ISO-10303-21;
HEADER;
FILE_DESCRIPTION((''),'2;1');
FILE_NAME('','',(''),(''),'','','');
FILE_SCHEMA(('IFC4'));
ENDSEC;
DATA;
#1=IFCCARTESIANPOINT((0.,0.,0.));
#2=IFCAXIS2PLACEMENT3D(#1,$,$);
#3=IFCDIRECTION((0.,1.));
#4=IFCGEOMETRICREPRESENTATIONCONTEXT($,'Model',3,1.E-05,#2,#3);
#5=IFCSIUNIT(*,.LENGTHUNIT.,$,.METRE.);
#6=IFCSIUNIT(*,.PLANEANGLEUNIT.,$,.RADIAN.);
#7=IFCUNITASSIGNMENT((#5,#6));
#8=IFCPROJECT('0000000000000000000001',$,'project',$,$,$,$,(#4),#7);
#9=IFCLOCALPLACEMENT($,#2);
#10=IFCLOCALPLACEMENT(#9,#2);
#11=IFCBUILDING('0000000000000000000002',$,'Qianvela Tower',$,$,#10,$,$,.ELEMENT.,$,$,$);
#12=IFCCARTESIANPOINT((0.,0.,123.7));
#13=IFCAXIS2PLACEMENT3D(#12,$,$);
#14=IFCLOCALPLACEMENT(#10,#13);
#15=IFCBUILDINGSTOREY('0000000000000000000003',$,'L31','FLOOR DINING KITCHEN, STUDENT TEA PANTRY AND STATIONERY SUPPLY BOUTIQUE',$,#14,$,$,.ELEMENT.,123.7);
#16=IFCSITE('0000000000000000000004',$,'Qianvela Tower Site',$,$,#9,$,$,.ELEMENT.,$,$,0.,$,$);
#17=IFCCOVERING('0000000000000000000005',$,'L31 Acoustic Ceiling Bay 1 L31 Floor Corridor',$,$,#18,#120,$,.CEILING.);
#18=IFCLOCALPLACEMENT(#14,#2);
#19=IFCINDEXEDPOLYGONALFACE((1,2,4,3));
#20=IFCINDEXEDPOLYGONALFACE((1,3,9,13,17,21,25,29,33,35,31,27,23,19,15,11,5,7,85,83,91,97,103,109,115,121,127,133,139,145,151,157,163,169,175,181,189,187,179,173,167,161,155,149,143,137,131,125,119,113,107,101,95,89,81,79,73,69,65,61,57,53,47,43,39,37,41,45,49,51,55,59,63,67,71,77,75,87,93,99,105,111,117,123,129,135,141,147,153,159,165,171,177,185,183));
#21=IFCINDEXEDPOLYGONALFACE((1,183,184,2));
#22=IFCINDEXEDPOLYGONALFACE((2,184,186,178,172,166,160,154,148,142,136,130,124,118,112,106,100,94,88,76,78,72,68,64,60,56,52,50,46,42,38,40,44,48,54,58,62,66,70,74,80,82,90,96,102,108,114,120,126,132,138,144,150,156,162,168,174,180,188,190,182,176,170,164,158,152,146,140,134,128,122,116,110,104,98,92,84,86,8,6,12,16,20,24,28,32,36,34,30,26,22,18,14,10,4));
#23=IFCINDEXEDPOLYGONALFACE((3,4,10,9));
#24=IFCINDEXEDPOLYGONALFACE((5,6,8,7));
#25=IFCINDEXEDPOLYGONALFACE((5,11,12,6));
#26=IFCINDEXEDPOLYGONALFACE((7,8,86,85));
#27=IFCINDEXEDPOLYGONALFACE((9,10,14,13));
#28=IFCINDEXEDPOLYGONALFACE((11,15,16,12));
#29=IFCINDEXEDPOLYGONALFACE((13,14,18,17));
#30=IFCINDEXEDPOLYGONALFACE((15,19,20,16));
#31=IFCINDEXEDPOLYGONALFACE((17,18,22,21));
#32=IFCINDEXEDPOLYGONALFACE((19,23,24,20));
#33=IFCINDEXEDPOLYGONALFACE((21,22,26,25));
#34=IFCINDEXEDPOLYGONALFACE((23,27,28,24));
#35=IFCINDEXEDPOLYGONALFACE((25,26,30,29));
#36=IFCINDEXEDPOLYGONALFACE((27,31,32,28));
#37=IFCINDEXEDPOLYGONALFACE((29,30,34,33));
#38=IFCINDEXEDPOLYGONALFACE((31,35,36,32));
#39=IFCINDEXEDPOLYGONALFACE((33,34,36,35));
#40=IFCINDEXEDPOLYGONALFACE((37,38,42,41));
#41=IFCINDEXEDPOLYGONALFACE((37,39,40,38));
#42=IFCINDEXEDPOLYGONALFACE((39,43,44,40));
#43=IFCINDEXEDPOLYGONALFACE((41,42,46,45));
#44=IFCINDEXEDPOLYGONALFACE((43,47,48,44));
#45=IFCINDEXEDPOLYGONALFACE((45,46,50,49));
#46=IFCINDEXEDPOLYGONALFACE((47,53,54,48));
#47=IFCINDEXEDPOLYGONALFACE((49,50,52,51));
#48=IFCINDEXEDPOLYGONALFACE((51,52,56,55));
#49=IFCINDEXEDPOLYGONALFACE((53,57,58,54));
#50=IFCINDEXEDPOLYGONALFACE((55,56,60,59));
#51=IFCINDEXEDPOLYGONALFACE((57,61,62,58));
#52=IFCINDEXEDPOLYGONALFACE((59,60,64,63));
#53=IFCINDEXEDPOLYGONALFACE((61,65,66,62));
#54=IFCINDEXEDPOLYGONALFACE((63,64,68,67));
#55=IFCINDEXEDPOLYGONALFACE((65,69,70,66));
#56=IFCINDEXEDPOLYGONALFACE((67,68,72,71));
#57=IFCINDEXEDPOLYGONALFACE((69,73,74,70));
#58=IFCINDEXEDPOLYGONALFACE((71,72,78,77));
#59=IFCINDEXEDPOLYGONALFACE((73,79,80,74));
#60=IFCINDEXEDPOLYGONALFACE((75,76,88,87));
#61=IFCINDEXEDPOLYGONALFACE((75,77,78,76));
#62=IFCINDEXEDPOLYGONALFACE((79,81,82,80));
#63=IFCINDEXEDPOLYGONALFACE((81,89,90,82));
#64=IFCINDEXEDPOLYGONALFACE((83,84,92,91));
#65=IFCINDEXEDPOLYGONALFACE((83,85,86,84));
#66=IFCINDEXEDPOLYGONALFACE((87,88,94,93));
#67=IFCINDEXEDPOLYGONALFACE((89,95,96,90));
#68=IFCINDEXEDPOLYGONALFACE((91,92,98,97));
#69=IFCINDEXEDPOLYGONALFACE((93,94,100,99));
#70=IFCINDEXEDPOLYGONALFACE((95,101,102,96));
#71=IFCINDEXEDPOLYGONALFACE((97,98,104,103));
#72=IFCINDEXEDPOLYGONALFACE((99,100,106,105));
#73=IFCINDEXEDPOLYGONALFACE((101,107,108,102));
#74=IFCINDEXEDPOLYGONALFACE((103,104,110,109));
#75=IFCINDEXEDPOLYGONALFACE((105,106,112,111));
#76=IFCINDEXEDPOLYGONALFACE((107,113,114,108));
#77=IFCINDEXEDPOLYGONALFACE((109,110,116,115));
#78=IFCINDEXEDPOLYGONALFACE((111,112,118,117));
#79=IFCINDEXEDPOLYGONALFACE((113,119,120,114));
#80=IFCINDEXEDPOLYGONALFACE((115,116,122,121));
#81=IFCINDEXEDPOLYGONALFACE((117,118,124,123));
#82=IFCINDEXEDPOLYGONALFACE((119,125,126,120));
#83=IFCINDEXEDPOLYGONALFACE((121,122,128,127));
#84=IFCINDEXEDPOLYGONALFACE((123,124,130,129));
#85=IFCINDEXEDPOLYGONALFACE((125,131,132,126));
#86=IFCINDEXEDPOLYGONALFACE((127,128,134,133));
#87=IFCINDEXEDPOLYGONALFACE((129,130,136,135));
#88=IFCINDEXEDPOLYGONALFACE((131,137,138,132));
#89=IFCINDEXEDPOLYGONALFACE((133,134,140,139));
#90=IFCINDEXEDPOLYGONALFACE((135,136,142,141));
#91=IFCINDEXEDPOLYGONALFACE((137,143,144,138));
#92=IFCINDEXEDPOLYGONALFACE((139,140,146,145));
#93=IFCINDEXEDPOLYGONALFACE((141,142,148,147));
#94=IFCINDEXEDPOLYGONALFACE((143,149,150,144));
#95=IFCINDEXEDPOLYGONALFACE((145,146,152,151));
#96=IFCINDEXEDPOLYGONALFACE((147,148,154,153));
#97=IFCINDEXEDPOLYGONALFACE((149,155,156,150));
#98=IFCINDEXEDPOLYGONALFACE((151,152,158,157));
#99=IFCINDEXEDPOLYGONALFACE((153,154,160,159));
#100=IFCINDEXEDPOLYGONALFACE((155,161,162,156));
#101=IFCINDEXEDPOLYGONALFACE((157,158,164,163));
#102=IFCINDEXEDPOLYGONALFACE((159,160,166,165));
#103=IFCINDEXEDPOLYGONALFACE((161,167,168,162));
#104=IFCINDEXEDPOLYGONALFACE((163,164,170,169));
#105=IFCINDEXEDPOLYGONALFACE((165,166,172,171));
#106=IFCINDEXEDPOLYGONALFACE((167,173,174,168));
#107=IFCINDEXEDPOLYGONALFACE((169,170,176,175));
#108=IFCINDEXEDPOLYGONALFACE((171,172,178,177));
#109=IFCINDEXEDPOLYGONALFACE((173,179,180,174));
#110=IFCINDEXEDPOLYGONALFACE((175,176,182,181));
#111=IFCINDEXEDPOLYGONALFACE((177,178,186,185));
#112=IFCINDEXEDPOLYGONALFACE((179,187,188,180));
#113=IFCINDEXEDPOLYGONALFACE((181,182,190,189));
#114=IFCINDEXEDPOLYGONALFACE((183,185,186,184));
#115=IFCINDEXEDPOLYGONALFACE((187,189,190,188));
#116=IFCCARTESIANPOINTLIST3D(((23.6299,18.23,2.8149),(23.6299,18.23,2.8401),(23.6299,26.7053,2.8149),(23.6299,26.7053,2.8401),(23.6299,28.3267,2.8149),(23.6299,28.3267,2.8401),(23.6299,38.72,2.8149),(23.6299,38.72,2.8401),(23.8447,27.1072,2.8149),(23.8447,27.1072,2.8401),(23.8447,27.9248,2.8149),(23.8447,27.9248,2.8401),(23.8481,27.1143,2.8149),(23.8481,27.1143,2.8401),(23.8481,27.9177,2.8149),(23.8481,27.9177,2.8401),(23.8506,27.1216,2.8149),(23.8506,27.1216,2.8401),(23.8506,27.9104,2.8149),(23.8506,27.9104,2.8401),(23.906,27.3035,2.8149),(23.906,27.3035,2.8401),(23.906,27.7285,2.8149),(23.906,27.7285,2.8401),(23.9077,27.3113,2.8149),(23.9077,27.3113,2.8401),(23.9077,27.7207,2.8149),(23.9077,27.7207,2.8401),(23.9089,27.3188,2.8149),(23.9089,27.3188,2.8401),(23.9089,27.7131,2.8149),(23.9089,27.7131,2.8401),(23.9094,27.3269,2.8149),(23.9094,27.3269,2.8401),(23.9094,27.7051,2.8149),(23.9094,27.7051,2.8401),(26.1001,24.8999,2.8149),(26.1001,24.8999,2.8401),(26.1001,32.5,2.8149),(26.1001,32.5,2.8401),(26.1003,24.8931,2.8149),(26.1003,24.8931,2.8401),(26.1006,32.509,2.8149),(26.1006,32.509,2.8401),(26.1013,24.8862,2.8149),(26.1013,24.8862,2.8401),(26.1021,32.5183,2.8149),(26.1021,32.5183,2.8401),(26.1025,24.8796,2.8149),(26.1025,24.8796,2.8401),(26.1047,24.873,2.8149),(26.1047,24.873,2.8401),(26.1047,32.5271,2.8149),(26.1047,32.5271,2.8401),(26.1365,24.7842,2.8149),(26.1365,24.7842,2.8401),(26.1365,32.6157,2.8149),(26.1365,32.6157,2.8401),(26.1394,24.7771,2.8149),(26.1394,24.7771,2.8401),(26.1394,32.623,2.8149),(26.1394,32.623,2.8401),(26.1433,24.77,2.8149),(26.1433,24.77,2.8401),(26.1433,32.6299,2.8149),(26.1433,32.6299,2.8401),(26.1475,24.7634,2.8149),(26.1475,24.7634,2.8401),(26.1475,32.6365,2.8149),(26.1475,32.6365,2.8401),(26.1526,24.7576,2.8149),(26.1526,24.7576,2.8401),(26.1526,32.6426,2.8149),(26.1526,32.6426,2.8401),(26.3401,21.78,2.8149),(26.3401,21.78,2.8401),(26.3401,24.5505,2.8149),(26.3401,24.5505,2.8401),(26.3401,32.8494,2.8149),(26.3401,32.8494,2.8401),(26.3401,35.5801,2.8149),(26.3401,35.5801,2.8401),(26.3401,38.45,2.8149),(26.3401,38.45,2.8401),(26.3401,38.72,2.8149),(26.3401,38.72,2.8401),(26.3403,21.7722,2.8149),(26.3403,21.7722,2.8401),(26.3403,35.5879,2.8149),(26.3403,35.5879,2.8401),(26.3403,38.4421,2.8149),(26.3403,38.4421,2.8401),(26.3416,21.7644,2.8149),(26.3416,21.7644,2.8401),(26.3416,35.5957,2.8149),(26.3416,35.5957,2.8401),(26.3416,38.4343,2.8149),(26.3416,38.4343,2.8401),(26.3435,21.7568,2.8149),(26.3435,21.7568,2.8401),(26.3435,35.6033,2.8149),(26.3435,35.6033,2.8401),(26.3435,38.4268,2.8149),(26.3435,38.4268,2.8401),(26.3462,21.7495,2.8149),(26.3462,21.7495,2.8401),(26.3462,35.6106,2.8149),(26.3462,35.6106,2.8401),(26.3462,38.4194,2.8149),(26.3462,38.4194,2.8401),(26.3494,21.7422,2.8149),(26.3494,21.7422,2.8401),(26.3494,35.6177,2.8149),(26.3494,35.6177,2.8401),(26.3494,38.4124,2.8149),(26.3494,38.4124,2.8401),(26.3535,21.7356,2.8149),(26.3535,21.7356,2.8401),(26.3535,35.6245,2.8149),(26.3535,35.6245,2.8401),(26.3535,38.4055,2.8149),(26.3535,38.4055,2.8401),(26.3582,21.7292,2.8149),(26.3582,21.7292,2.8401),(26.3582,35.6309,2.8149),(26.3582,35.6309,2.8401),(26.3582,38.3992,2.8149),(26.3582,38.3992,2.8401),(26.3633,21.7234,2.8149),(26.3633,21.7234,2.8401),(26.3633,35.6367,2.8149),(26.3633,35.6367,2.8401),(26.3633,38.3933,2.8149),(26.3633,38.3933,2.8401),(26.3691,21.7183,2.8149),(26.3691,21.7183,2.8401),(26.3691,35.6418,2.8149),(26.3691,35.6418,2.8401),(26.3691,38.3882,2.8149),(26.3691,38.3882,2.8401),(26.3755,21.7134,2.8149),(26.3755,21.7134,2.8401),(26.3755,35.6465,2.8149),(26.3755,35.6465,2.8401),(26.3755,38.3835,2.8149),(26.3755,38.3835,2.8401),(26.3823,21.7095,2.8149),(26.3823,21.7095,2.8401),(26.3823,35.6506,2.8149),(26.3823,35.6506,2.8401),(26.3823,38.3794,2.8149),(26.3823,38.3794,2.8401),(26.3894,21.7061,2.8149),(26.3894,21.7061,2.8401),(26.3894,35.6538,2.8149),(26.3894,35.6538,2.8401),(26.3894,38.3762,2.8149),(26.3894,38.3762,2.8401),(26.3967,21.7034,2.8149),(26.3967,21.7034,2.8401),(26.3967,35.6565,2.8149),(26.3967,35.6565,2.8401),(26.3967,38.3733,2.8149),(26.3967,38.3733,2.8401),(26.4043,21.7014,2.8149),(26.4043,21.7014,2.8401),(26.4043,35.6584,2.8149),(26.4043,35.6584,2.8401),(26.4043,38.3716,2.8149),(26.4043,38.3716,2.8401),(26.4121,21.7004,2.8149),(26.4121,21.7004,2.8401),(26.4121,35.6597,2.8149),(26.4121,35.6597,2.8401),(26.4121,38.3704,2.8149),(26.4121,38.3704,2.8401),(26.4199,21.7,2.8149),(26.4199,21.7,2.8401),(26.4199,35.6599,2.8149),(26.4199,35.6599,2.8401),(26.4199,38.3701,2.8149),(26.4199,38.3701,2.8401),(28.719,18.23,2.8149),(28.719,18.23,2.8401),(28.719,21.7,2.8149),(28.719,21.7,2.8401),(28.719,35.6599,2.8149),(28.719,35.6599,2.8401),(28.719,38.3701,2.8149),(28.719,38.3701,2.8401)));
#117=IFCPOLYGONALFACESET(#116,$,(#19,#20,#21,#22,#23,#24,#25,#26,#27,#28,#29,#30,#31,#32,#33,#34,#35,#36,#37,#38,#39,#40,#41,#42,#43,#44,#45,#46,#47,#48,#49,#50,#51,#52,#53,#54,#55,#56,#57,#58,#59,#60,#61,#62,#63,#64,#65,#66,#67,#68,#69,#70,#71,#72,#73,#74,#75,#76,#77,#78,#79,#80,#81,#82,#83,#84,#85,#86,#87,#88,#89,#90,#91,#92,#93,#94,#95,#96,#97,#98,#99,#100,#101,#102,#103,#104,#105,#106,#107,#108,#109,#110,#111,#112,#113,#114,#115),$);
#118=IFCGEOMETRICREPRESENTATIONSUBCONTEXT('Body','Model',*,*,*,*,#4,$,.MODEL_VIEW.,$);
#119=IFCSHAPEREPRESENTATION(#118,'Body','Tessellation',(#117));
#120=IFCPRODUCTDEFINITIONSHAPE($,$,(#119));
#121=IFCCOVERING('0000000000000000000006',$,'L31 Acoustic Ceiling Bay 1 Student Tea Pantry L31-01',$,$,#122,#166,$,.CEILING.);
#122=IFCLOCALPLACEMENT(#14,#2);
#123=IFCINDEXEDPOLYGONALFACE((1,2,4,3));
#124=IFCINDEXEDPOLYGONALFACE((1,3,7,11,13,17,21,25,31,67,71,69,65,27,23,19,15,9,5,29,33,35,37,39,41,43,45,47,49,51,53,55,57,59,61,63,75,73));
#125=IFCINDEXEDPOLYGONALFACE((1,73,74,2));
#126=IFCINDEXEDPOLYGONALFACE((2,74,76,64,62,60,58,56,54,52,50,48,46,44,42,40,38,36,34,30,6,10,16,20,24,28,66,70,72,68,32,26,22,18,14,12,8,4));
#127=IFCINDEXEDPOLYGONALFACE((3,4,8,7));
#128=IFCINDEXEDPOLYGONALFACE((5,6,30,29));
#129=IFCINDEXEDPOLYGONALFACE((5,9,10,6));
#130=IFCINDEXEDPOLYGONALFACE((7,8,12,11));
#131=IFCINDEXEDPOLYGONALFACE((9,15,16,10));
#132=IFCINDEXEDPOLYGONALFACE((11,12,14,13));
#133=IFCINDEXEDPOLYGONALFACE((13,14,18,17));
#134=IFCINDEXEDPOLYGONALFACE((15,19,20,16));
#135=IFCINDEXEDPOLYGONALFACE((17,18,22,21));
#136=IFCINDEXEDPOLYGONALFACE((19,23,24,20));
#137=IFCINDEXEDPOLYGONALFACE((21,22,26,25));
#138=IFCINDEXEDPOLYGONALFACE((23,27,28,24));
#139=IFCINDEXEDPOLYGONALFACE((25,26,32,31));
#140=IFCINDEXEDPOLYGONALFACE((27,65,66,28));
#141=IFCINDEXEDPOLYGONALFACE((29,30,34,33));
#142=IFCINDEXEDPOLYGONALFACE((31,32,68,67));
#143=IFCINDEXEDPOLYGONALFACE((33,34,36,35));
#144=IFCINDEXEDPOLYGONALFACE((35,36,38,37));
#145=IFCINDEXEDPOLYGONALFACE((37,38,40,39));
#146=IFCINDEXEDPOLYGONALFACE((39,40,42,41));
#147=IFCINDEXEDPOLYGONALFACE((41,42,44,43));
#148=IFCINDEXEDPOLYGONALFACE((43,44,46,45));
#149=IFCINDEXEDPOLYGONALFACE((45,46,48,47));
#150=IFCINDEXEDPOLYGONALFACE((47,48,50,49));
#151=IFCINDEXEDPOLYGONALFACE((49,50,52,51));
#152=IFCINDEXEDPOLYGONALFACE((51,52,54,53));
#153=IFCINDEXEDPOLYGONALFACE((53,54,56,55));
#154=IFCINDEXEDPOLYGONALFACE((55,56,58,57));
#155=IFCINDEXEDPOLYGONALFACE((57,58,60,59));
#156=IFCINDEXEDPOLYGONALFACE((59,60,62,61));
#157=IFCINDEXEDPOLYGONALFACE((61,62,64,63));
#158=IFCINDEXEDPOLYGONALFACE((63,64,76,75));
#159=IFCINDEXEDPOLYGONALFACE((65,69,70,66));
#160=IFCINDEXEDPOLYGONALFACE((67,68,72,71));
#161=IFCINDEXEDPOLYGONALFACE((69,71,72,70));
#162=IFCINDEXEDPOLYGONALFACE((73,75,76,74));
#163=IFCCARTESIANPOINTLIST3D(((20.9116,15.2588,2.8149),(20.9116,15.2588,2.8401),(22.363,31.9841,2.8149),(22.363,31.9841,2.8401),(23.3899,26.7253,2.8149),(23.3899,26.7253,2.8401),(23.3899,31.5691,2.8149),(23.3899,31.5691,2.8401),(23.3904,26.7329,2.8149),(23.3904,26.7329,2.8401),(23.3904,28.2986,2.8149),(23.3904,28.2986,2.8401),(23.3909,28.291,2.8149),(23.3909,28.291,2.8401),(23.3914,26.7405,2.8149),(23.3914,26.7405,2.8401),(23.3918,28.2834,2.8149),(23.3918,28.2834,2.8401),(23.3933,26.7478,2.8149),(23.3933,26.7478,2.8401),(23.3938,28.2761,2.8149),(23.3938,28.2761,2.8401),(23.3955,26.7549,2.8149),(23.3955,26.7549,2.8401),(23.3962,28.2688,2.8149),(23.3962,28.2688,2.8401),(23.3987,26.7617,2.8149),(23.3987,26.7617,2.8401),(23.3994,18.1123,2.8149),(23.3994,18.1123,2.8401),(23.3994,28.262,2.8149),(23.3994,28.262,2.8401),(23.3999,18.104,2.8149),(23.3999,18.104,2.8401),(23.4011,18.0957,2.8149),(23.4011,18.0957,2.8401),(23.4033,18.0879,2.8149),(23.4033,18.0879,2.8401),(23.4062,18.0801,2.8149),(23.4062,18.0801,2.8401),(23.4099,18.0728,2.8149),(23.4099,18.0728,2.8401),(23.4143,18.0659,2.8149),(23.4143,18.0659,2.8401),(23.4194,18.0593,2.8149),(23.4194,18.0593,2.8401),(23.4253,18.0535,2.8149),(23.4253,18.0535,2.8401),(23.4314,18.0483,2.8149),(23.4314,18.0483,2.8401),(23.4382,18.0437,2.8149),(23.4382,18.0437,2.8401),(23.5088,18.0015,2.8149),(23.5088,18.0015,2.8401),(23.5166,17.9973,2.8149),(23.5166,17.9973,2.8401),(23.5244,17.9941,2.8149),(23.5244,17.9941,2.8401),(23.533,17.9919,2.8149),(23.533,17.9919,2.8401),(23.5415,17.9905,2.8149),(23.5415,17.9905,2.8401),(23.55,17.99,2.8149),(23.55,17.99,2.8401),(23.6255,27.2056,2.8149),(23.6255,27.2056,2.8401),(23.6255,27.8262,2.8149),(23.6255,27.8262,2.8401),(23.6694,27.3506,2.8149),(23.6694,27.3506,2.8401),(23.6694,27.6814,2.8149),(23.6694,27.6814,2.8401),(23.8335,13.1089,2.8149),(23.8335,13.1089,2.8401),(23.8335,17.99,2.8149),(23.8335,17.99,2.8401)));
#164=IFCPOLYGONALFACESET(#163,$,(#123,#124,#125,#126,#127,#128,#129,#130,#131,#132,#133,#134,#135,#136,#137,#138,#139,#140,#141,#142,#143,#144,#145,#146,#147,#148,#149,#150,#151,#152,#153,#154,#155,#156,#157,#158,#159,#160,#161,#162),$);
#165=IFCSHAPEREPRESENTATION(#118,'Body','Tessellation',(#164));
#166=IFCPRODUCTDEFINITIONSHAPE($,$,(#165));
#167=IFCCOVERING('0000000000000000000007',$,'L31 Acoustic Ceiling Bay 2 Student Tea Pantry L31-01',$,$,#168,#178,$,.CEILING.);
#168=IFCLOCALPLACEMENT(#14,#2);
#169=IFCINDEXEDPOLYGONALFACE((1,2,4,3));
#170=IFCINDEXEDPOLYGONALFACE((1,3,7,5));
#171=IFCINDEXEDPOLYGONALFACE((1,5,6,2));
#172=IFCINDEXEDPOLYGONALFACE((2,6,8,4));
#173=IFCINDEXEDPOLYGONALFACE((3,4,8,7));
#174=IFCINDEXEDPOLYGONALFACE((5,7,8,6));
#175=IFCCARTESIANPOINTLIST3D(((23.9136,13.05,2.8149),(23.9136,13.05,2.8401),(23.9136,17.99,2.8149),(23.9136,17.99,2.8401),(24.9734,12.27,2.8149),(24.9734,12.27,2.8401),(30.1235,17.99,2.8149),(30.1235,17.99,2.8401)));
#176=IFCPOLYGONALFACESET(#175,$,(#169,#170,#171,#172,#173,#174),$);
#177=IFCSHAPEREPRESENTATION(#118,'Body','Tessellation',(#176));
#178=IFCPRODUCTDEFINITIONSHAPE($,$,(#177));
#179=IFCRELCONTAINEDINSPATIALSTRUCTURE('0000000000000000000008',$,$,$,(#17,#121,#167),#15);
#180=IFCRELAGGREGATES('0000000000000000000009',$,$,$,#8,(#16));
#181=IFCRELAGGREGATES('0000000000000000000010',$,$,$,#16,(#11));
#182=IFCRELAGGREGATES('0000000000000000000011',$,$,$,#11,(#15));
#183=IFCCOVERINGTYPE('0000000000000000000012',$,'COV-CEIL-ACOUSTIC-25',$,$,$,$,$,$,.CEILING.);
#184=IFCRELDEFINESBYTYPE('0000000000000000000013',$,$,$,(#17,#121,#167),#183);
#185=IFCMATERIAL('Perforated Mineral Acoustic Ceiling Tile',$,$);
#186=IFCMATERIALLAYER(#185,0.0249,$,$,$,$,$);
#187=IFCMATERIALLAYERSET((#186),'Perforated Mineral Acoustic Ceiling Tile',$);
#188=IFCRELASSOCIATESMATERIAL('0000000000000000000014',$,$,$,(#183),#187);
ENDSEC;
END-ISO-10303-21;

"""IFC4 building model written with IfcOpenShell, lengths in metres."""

from ifc_helpers import new_model, si_unit, direction, frame, origin, place, context, subcontext, project, spatial, polyline, outline, extrude, material, layer, layer_set, type_object, element, save


model = new_model("IFC4")

# Units and contexts
model_context = context("Model", 3, precision=1e-05, world=origin(), true_north=direction((0.0, 1.0)))
body_context = subcontext(model_context, "Body", "Model", "MODEL_VIEW")
ifc_project = project(units=[si_unit("LENGTHUNIT", "METRE"), si_unit("PLANEANGLEUNIT", "RADIAN")], contexts=[model_context])

# Site, building, storey
site_placement = place(None, origin())
site = spatial("IfcSite", under=ifc_project, at=site_placement, Name="Qianvela Tower Site", CompositionType="ELEMENT", RefElevation=0.0)
building_placement = place(site_placement, origin())
building = spatial("IfcBuilding", under=site, at=building_placement, Name="Qianvela Tower", CompositionType="ELEMENT")
storey_placement = place(building_placement, frame((0.0, 0.0, 123.7)))
storey = spatial("IfcBuildingStorey", under=building, at=storey_placement, Name="L31", Description="FLOOR DINING KITCHEN, STUDENT TEA PANTRY AND STATIONERY SUPPLY BOUTIQUE", CompositionType="ELEMENT", Elevation=123.7)

# Coverings
ifc_material_1 = material(Name="Perforated Mineral Acoustic Ceiling Tile")
ifc_layer_1 = layer(ifc_material_1, 0.0249)
ifc_layer_set_1 = layer_set([ifc_layer_1], Name="Perforated Mineral Acoustic Ceiling Tile")
covering_type_1 = type_object("IfcCoveringType", Name="COV-CEIL-ACOUSTIC-25", PredefinedType="CEILING", material=ifc_layer_set_1)
covering_1_placement = place(storey_placement, frame((0.0, 0.0, 2.8149)))
element("IfcCovering", 1, at=covering_1_placement, inside=storey, type_object=covering_type_1, Name="L31 Acoustic Ceiling Bay 1 L31 Floor Corridor", PredefinedType="CEILING", context=body_context, shape_type="SweptSolid", body=[
    extrude(outline(polyline([(23.8481, 27.9177), (23.8447, 27.9248), (23.6299, 28.3267), (23.6299, 38.72), (26.3401, 38.72), (26.3401, 38.45), (26.3403, 38.4421), (26.3416, 38.4343), (26.3435, 38.4268), (26.3462, 38.4194), (26.3494, 38.4124), (26.3535, 38.4055), (26.3582, 38.3992), (26.3633, 38.3933), (26.3691, 38.3882), (26.3755, 38.3835), (26.3823, 38.3794), (26.3894, 38.3762), (26.3967, 38.3733), (26.4043, 38.3716), (26.4121, 38.3704), (26.4199, 38.3701), (28.719, 38.3701), (28.719, 35.6599), (26.4199, 35.6599), (26.4121, 35.6597), (26.4043, 35.6584), (26.3967, 35.6565), (26.3894, 35.6538), (26.3823, 35.6506), (26.3755, 35.6465), (26.3691, 35.6418), (26.3633, 35.6367), (26.3582, 35.6309), (26.3535, 35.6245), (26.3494, 35.6177), (26.3462, 35.6106), (26.3435, 35.6033), (26.3416, 35.5957), (26.3403, 35.5879), (26.3401, 35.5801), (26.3401, 32.8494), (26.1526, 32.6426), (26.1475, 32.6365), (26.1433, 32.6299), (26.1394, 32.623), (26.1365, 32.6157), (26.1047, 32.5271), (26.1021, 32.5183), (26.1006, 32.509), (26.1001, 32.5), (26.1001, 24.8999), (26.1003, 24.8931), (26.1013, 24.8862), (26.1025, 24.8796), (26.1047, 24.873), (26.1365, 24.7842), (26.1394, 24.7771), (26.1433, 24.77), (26.1475, 24.7634), (26.1526, 24.7576), (26.3401, 24.5505), (26.3401, 21.78), (26.3403, 21.7722), (26.3416, 21.7644), (26.3435, 21.7568), (26.3462, 21.7495), (26.3494, 21.7422), (26.3535, 21.7356), (26.3582, 21.7292), (26.3633, 21.7234), (26.3691, 21.7183), (26.3755, 21.7134), (26.3823, 21.7095), (26.3894, 21.7061), (26.3967, 21.7034), (26.4043, 21.7014), (26.4121, 21.7004), (26.4199, 21.7), (28.719, 21.7), (28.719, 18.23), (23.6299, 18.23), (23.6299, 26.7053), (23.8447, 27.1072), (23.8481, 27.1143), (23.8506, 27.1216), (23.906, 27.3035), (23.9077, 27.3113), (23.9089, 27.3188), (23.9094, 27.3269), (23.9094, 27.7051), (23.9089, 27.7131), (23.9077, 27.7207), (23.906, 27.7285), (23.8506, 27.9104), (23.8481, 27.9177)])), origin(), (0.0, 0.0, 1.0), 0.0251),
])
covering_2_placement = place(storey_placement, frame((0.0, 0.0, 2.8149)))
element("IfcCovering", 2, at=covering_2_placement, inside=storey, type_object=covering_type_1, Name="L31 Acoustic Ceiling Bay 1 Student Tea Pantry L31-01", PredefinedType="CEILING", context=body_context, shape_type="SweptSolid", body=[
    extrude(outline(polyline([(23.3899, 31.5691), (23.3904, 28.2986), (23.3909, 28.291), (23.3918, 28.2834), (23.3938, 28.2761), (23.3962, 28.2688), (23.3994, 28.262), (23.6255, 27.8262), (23.6694, 27.6814), (23.6694, 27.3506), (23.6255, 27.2056), (23.3987, 26.7617), (23.3955, 26.7549), (23.3933, 26.7478), (23.3914, 26.7405), (23.3904, 26.7329), (23.3899, 26.7253), (23.3994, 18.1123), (23.3999, 18.104), (23.4011, 18.0957), (23.4033, 18.0879), (23.4062, 18.0801), (23.4099, 18.0728), (23.4143, 18.0659), (23.4194, 18.0593), (23.4253, 18.0535), (23.4314, 18.0483), (23.4382, 18.0437), (23.5088, 18.0015), (23.5166, 17.9973), (23.5244, 17.9941), (23.533, 17.9919), (23.5415, 17.9905), (23.55, 17.99), (23.8335, 17.99), (23.8335, 13.1089), (20.9116, 15.2588), (22.363, 31.9841), (23.3899, 31.5691)])), origin(), (0.0, 0.0, 1.0), 0.0251),
])
covering_3_placement = place(storey_placement, frame((0.0, 0.0, 2.8149)))
element("IfcCovering", 3, at=covering_3_placement, inside=storey, type_object=covering_type_1, Name="L31 Acoustic Ceiling Bay 2 Student Tea Pantry L31-01", PredefinedType="CEILING", context=body_context, shape_type="SweptSolid", body=[
    extrude(outline(polyline([(30.1235, 17.99), (24.9734, 12.27), (23.9136, 13.05), (23.9136, 17.99), (30.1235, 17.99)])), origin(), (0.0, 0.0, 1.0), 0.0251),
])

save(model, "model.ifc")
